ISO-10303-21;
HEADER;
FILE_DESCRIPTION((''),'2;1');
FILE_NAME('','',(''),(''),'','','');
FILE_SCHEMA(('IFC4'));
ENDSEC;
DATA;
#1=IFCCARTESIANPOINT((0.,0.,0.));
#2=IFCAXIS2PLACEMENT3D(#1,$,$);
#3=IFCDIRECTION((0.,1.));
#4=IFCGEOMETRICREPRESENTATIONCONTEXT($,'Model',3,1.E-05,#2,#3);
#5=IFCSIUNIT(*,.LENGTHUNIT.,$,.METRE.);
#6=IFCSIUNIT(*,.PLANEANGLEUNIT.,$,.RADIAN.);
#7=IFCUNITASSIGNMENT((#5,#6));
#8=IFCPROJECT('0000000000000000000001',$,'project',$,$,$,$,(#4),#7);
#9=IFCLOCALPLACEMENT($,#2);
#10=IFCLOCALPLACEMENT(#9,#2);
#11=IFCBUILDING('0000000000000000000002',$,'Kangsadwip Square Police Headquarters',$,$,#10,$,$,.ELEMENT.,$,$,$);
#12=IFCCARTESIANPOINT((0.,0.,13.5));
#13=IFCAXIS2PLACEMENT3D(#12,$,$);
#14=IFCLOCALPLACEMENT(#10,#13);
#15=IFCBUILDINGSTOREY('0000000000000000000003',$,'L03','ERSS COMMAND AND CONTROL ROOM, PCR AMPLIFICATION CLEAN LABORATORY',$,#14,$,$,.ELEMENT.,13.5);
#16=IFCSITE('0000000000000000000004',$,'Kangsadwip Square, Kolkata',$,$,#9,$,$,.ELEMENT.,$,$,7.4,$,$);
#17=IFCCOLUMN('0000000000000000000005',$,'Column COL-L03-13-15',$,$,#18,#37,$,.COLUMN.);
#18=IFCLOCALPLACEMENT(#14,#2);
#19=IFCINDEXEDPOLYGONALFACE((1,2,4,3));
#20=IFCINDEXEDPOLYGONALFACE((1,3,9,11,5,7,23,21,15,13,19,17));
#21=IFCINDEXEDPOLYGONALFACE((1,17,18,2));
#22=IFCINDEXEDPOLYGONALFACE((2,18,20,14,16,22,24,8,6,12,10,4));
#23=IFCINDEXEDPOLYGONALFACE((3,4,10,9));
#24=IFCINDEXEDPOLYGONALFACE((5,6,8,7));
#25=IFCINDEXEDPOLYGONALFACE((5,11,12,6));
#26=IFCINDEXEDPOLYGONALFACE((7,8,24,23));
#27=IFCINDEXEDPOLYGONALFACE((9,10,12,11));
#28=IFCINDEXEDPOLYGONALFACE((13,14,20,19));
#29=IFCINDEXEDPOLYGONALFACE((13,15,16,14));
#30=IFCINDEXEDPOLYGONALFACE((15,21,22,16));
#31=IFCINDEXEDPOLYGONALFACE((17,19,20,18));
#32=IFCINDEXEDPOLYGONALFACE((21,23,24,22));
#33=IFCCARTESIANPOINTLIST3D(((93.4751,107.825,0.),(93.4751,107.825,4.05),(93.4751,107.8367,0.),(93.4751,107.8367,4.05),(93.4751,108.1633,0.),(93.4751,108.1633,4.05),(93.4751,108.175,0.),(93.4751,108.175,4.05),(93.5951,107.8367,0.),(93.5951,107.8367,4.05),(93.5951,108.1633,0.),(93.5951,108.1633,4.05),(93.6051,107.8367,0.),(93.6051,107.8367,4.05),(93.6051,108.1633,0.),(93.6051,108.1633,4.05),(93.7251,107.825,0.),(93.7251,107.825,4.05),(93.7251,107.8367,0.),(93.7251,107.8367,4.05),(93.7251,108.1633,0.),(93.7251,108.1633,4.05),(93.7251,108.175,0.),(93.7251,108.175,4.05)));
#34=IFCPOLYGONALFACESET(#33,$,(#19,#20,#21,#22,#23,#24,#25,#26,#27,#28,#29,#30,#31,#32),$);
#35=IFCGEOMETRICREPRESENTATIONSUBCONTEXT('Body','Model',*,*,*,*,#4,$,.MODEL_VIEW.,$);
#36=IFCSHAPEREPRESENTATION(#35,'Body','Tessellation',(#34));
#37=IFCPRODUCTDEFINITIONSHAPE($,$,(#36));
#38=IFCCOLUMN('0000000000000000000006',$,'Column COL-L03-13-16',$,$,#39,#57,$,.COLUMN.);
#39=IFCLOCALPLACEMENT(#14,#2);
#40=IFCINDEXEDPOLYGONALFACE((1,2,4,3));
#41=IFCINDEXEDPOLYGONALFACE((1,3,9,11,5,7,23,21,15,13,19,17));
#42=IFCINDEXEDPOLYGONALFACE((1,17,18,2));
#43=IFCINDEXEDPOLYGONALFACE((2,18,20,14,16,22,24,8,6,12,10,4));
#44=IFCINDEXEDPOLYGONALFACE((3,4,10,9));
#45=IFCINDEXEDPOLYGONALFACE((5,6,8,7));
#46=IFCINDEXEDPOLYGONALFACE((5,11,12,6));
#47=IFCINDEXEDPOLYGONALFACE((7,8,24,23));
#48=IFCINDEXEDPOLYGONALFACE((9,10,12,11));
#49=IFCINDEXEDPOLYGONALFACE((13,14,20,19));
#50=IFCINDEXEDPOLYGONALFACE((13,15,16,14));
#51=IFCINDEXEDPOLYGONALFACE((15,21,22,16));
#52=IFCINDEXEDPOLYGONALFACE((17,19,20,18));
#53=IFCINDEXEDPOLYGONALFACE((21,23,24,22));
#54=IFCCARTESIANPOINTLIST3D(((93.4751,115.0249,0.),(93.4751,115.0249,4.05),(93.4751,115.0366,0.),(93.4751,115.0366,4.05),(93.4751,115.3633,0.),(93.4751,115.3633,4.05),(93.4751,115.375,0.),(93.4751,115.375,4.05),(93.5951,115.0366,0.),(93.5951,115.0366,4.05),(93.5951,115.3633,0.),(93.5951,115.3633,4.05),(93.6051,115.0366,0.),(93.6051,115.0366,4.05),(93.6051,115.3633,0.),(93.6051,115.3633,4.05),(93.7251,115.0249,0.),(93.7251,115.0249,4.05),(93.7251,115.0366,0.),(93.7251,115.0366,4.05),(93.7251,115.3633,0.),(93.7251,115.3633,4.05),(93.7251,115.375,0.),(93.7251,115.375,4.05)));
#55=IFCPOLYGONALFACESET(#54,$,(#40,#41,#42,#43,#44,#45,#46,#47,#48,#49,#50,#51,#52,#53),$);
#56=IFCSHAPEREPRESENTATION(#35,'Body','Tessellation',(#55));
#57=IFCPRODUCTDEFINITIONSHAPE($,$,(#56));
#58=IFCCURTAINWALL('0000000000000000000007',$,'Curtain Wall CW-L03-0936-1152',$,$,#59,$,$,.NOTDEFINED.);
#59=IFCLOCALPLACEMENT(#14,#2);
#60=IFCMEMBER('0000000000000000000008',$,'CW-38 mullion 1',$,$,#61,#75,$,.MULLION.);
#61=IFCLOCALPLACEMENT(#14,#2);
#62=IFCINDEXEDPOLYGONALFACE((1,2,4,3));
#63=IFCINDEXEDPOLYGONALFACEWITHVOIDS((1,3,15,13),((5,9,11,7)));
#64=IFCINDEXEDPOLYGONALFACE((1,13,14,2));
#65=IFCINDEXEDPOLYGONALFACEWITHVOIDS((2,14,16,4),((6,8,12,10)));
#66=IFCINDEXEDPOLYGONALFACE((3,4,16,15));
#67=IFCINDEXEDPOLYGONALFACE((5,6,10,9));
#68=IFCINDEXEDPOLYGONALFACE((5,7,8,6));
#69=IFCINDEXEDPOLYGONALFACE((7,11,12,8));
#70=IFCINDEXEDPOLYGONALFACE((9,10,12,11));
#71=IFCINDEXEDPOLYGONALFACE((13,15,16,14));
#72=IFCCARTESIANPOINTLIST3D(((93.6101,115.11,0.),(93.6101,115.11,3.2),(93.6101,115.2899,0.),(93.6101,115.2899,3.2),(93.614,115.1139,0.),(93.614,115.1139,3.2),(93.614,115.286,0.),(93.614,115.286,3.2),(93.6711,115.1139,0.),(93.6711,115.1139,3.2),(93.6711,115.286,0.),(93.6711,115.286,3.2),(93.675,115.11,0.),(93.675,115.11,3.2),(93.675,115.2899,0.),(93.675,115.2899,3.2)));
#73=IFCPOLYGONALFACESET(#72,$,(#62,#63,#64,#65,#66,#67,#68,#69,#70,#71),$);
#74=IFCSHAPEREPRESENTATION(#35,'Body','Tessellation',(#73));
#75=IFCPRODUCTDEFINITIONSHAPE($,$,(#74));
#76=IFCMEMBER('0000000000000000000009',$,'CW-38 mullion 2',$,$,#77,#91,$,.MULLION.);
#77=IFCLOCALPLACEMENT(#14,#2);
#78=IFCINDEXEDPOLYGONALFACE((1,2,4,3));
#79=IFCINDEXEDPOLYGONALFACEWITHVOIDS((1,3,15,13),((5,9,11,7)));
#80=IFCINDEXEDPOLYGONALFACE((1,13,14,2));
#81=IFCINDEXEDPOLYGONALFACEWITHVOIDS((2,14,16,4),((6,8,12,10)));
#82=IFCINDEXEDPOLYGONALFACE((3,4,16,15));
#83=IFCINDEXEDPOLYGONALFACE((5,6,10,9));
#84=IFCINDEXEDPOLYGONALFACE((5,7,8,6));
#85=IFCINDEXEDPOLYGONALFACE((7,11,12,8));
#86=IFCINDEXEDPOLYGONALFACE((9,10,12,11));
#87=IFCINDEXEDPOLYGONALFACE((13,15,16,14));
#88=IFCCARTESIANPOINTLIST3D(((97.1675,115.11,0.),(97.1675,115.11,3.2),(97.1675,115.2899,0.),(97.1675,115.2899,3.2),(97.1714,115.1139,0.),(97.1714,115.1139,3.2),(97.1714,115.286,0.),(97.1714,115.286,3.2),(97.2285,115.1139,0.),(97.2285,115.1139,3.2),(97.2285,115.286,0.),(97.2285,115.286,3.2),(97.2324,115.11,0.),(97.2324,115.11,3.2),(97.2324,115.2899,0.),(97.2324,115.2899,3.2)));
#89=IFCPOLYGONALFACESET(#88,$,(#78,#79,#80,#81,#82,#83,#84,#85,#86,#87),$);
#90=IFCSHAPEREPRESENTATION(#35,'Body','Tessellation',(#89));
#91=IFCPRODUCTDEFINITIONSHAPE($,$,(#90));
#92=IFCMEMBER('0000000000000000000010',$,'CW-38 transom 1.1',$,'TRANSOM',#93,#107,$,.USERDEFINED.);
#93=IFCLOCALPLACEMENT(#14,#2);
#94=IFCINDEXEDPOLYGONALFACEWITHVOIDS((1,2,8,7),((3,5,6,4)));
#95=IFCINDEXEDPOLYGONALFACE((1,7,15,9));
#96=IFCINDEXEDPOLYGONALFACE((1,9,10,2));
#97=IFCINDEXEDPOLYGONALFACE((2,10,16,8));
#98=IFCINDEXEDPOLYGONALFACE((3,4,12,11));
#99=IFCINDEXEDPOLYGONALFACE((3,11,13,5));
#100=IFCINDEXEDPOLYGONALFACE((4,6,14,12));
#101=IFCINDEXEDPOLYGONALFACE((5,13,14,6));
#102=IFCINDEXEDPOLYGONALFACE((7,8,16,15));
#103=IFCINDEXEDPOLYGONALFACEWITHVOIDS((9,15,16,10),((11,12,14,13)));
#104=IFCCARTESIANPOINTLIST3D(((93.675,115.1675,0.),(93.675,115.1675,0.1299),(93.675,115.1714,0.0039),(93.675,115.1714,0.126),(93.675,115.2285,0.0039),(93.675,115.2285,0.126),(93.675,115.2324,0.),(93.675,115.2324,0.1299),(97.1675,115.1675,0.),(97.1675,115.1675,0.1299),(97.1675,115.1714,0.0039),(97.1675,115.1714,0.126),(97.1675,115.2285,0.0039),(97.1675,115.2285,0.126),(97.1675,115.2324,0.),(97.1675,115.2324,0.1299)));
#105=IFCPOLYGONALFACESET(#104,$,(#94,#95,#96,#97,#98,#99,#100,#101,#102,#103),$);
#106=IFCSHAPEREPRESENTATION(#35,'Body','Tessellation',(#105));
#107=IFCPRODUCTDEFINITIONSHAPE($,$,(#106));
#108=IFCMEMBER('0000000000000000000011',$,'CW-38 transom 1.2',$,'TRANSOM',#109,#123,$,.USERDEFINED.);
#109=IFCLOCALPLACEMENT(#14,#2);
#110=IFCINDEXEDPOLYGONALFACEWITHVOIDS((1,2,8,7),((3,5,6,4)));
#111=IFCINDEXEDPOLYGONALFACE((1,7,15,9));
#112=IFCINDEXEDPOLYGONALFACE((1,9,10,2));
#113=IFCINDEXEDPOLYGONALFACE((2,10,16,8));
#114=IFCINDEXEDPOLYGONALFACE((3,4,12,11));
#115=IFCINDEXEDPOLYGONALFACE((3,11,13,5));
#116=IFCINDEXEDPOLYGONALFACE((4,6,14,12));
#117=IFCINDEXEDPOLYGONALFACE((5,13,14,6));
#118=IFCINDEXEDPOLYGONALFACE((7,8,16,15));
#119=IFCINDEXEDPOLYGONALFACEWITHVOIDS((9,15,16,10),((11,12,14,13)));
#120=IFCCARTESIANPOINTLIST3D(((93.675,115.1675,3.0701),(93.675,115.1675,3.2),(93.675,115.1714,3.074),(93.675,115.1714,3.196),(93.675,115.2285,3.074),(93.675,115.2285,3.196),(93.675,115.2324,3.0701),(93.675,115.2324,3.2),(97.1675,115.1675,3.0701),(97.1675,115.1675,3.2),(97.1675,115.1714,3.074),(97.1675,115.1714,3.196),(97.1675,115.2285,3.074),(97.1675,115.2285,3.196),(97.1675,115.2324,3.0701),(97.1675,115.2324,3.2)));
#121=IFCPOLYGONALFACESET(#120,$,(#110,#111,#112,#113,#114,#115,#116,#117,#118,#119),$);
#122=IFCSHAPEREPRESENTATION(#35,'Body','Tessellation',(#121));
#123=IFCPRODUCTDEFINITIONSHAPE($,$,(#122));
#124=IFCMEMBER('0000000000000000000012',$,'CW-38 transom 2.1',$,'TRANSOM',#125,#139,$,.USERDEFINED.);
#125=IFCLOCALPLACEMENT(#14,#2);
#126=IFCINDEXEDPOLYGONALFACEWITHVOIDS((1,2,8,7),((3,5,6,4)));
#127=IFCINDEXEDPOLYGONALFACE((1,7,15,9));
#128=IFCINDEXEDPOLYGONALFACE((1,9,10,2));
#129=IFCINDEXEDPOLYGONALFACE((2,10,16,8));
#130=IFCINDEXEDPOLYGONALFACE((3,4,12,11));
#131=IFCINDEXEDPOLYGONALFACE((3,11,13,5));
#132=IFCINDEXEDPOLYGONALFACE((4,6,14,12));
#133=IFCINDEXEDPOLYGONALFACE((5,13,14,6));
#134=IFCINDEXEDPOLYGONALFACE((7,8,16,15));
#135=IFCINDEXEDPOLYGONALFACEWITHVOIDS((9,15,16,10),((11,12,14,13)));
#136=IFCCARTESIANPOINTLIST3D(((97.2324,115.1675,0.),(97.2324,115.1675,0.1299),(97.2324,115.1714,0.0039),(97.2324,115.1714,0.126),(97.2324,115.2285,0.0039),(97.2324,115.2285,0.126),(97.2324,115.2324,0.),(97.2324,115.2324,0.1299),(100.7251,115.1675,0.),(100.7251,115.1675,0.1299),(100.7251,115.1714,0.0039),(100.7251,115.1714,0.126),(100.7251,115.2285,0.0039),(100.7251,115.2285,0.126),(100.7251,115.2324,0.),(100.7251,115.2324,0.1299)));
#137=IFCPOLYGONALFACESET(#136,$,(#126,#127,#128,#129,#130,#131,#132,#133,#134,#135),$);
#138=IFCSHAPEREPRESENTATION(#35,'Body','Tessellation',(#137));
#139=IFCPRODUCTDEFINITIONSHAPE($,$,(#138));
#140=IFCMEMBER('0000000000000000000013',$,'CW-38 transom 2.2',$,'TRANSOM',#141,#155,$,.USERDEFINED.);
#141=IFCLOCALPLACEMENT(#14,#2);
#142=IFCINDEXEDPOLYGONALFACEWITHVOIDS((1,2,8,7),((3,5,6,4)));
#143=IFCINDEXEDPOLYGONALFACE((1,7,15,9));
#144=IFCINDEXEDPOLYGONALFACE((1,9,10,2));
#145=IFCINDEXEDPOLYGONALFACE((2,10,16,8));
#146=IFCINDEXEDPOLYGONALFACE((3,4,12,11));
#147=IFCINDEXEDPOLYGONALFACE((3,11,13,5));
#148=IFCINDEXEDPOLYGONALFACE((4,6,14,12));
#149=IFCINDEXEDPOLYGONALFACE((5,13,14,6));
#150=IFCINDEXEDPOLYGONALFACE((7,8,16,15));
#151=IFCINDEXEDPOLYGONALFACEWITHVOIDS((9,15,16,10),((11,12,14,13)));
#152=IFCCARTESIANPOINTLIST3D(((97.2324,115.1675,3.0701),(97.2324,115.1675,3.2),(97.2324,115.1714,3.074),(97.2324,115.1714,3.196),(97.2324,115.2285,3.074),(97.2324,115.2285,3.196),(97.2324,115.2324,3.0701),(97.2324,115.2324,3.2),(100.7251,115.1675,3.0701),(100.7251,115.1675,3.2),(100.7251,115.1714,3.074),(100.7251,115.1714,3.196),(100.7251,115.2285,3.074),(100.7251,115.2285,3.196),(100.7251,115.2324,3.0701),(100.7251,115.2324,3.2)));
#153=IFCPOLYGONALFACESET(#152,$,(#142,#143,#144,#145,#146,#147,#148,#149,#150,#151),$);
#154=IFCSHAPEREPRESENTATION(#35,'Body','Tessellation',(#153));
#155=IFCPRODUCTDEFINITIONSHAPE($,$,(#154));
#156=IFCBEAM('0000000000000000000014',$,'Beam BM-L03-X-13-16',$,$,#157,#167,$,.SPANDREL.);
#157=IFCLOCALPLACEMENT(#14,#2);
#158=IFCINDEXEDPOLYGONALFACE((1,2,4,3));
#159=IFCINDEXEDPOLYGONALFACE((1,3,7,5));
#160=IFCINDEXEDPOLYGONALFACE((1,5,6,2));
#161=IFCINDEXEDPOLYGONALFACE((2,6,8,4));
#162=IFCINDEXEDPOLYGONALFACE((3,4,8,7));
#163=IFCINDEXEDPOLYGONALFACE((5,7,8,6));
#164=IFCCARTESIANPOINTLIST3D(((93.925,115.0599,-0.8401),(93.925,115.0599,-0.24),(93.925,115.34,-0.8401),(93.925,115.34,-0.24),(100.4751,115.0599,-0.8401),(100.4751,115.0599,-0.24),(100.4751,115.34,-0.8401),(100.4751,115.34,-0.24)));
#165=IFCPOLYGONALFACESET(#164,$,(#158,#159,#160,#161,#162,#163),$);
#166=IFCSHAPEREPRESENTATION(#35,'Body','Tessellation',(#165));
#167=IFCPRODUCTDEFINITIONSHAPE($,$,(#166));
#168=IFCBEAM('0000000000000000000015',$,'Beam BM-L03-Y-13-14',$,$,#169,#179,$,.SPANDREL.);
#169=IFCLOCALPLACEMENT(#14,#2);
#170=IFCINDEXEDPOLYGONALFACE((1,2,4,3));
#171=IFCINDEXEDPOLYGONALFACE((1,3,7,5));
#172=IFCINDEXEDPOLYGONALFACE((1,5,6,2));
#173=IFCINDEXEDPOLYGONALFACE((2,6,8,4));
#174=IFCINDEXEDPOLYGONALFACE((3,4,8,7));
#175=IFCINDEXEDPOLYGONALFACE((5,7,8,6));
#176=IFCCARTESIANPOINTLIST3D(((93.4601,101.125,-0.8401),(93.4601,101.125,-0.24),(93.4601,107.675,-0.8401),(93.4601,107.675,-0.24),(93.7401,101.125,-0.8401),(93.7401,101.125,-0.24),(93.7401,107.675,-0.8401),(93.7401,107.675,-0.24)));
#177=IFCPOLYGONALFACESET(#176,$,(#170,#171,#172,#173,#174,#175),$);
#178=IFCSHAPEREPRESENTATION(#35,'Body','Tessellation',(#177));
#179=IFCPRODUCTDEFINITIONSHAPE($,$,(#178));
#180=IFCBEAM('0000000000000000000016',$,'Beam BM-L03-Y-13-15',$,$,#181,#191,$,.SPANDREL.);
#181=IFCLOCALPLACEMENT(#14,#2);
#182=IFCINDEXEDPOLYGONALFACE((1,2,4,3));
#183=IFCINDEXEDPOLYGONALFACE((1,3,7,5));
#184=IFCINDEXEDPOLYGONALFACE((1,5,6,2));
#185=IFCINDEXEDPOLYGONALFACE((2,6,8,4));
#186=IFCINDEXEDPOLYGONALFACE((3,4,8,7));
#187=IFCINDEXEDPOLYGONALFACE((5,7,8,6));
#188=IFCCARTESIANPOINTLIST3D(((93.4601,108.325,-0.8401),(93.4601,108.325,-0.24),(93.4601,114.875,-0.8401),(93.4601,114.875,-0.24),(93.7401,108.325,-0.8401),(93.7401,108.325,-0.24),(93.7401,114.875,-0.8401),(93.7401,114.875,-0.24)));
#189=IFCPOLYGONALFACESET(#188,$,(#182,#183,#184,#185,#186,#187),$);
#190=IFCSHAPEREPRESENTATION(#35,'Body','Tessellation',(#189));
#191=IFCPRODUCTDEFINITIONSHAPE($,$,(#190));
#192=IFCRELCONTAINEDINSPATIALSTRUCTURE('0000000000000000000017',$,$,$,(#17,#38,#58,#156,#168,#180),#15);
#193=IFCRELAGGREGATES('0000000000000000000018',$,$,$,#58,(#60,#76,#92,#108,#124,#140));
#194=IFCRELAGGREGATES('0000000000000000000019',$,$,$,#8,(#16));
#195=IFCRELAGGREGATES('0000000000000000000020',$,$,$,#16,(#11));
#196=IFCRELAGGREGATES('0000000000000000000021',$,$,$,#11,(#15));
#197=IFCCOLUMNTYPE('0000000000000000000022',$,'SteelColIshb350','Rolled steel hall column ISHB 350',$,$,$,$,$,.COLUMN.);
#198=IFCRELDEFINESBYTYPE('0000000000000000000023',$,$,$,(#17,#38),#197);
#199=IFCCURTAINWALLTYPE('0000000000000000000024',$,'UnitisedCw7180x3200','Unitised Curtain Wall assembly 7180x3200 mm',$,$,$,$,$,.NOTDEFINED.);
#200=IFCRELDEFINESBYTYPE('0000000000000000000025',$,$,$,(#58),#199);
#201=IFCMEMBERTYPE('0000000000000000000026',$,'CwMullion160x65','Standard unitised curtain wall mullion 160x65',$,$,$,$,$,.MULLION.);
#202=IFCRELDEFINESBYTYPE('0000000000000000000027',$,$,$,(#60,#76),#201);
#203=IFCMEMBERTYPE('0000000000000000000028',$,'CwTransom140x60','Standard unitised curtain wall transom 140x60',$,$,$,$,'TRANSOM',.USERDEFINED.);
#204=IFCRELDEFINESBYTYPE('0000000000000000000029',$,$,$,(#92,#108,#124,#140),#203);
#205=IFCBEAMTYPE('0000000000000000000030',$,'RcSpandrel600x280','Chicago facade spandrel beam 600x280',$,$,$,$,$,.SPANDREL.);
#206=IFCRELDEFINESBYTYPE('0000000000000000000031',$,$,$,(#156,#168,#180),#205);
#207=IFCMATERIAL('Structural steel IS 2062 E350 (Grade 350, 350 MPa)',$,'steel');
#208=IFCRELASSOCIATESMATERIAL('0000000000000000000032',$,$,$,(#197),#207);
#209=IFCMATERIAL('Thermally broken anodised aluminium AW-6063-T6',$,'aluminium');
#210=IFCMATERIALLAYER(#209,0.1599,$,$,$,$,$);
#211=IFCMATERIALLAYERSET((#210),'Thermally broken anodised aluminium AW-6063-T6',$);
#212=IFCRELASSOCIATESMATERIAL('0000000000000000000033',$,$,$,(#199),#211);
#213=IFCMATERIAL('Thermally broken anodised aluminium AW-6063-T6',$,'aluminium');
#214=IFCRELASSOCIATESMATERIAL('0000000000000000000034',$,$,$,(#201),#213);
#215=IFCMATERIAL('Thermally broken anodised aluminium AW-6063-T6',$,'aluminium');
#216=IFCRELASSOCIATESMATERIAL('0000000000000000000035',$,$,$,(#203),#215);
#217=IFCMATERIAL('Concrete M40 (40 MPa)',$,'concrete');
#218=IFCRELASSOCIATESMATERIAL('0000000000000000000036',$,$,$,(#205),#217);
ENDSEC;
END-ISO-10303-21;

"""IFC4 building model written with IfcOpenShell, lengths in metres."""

from ifc_helpers import new_model, si_unit, direction, frame, origin, origin_2d, place, context, subcontext, project, spatial, rectangle, hollow_rectangle, i_section, extrude, material, layer, layer_set, material_profile, profile_set, type_object, element, aggregate, save


model = new_model("IFC4")

# Units and contexts
model_context = context("Model", 3, precision=1e-05, world=origin(), true_north=direction((0.0, 1.0)))
body_context = subcontext(model_context, "Body", "Model", "MODEL_VIEW")
ifc_project = project(units=[si_unit("LENGTHUNIT", "METRE"), si_unit("PLANEANGLEUNIT", "RADIAN")], contexts=[model_context])

# Site, building, storey
site_placement = place(None, origin())
site = spatial("IfcSite", under=ifc_project, at=site_placement, Name="Kangsadwip Square, Kolkata", CompositionType="ELEMENT", RefElevation=7.4)
building_placement = place(site_placement, origin())
building = spatial("IfcBuilding", under=site, at=building_placement, Name="Kangsadwip Square Police Headquarters", CompositionType="ELEMENT")
storey_placement = place(building_placement, frame((0.0, 0.0, 13.5)))
storey = spatial("IfcBuildingStorey", under=building, at=storey_placement, Name="L03", Description="ERSS COMMAND AND CONTROL ROOM, PCR AMPLIFICATION CLEAN LABORATORY", CompositionType="ELEMENT", Elevation=13.5)

# Columns
ifc_material_1 = material(Name="Structural steel IS 2062 E350 (Grade 350, 350 MPa)", Category="steel")
ifc_material_profile_1 = material_profile(ifc_material_1, i_section(OverallWidth=0.25, OverallDepth=0.3501, WebThickness=0.01, FlangeThickness=0.0117, at=origin_2d()), Name="ISHB 350")
ifc_profile_set_1 = profile_set([ifc_material_profile_1], Name="Structural steel IS 2062 E350 (Grade 350, 350 MPa)")
column_type = type_object("IfcColumnType", Name="SteelColIshb350", Description="Rolled steel hall column ISHB 350", PredefinedType="COLUMN", material=ifc_profile_set_1)
for number, where, z_axis, x_axis, name in (
    (1, (93.6001, 108.0, 0.0), (0.0, 0.0, 1.0), (1.0, 0.0, 0.0), "Column COL-L03-13-15"),
    (2, (93.6001, 115.2, 0.0), (0.0, 0.0, 1.0), (1.0, 0.0, 0.0), "Column COL-L03-13-16"),
):
    element("IfcColumn", number, at=place(storey_placement, frame(where, z_axis=z_axis, x_axis=x_axis)), inside=storey, type_object=column_type, Name=name, PredefinedType="COLUMN", context=body_context, shape_type="SweptSolid", body=[
        extrude(i_section(OverallWidth=0.25, OverallDepth=0.3501, WebThickness=0.01, FlangeThickness=0.0117, at=origin_2d()), origin(), (0.0, 0.0, 1.0), 4.05),
    ])

# Curtain wall, members
ifc_material_2 = material(Name="Thermally broken anodised aluminium AW-6063-T6", Category="aluminium")
ifc_layer_1 = layer(ifc_material_2, 0.1599)
ifc_layer_set_1 = layer_set([ifc_layer_1], Name="Thermally broken anodised aluminium AW-6063-T6")
curtain_wall_type = type_object("IfcCurtainWallType", Name="UnitisedCw7180x3200", Description="Unitised Curtain Wall assembly 7180x3200 mm", PredefinedType="NOTDEFINED", material=ifc_layer_set_1)
curtain_wall_placement = place(storey_placement, origin())
curtain_wall = element("IfcCurtainWall", 3, at=curtain_wall_placement, inside=storey, type_object=curtain_wall_type, Name="Curtain Wall CW-L03-0936-1152", PredefinedType="NOTDEFINED")
ifc_material_3 = material(Name="Thermally broken anodised aluminium AW-6063-T6", Category="aluminium")
ifc_material_profile_2 = material_profile(ifc_material_3, hollow_rectangle(XDim=0.0649, YDim=0.1799, WallThickness=0.0039, at=origin_2d()), Name="CWM 180X65X4")
ifc_profile_set_2 = profile_set([ifc_material_profile_2], Name="Thermally broken anodised aluminium AW-6063-T6")
member_type_1 = type_object("IfcMemberType", Name="CwMullion160x65", Description="Standard unitised curtain wall mullion 160x65", PredefinedType="MULLION", material=ifc_profile_set_2)
member_1_placement = place(storey_placement, frame((93.6426, 115.2, 0.0), z_axis=(0.0, 0.0, 1.0), x_axis=(1.0, 0.0, 0.0)))
member_1 = element("IfcMember", 4, at=member_1_placement, type_object=member_type_1, Name="CW-38 mullion 1", PredefinedType="MULLION", context=body_context, shape_type="SweptSolid", body=[
    extrude(hollow_rectangle(XDim=0.0649, YDim=0.1799, WallThickness=0.0039, at=origin_2d()), origin(), (0.0, 0.0, 1.0), 3.2),
])
member_2_placement = place(storey_placement, frame((97.2, 115.2, 0.0), z_axis=(0.0, 0.0, 1.0), x_axis=(1.0, 0.0, 0.0)))
member_2 = element("IfcMember", 5, at=member_2_placement, type_object=member_type_1, Name="CW-38 mullion 2", PredefinedType="MULLION", context=body_context, shape_type="SweptSolid", body=[
    extrude(hollow_rectangle(XDim=0.0649, YDim=0.1799, WallThickness=0.0039, at=origin_2d()), origin(), (0.0, 0.0, 1.0), 3.2),
])
ifc_material_4 = material(Name="Thermally broken anodised aluminium AW-6063-T6", Category="aluminium")
ifc_material_profile_3 = material_profile(ifc_material_4, hollow_rectangle(XDim=0.0649, YDim=0.1299, WallThickness=0.0039, at=origin_2d()), Name="CWT 130X65X4")
ifc_profile_set_3 = profile_set([ifc_material_profile_3], Name="Thermally broken anodised aluminium AW-6063-T6")
member_type_2 = type_object("IfcMemberType", Name="CwTransom140x60", Description="Standard unitised curtain wall transom 140x60", ElementType="TRANSOM", PredefinedType="USERDEFINED", material=ifc_profile_set_3)
member_3_placement = place(storey_placement, frame((93.675, 115.2, 0.0649), z_axis=(1.0, 0.0, 0.0), x_axis=(0.0, 1.0, 0.0)))
member_3 = element("IfcMember", 6, at=member_3_placement, type_object=member_type_2, Name="CW-38 transom 1.1", ObjectType="TRANSOM", PredefinedType="USERDEFINED", context=body_context, shape_type="SweptSolid", body=[
    extrude(hollow_rectangle(XDim=0.0649, YDim=0.1299, WallThickness=0.0039, at=origin_2d()), origin(), (0.0, 0.0, 1.0), 3.4924),
])
member_4_placement = place(storey_placement, frame((93.675, 115.2, 3.135), z_axis=(1.0, 0.0, 0.0), x_axis=(0.0, 1.0, 0.0)))
member_4 = element("IfcMember", 7, at=member_4_placement, type_object=member_type_2, Name="CW-38 transom 1.2", ObjectType="TRANSOM", PredefinedType="USERDEFINED", context=body_context, shape_type="SweptSolid", body=[
    extrude(hollow_rectangle(XDim=0.0649, YDim=0.1299, WallThickness=0.0039, at=origin_2d()), origin(), (0.0, 0.0, 1.0), 3.4924),
])
member_5_placement = place(storey_placement, frame((97.2324, 115.2, 0.0649), z_axis=(1.0, 0.0, 0.0), x_axis=(0.0, 1.0, 0.0)))
member_5 = element("IfcMember", 8, at=member_5_placement, type_object=member_type_2, Name="CW-38 transom 2.1", ObjectType="TRANSOM", PredefinedType="USERDEFINED", context=body_context, shape_type="SweptSolid", body=[
    extrude(hollow_rectangle(XDim=0.0649, YDim=0.1299, WallThickness=0.0039, at=origin_2d()), origin(), (0.0, 0.0, 1.0), 3.4927),
])
member_6_placement = place(storey_placement, frame((97.2324, 115.2, 3.135), z_axis=(1.0, 0.0, 0.0), x_axis=(0.0, 1.0, 0.0)))
member_6 = element("IfcMember", 9, at=member_6_placement, type_object=member_type_2, Name="CW-38 transom 2.2", ObjectType="TRANSOM", PredefinedType="USERDEFINED", context=body_context, shape_type="SweptSolid", body=[
    extrude(hollow_rectangle(XDim=0.0649, YDim=0.1299, WallThickness=0.0039, at=origin_2d()), origin(), (0.0, 0.0, 1.0), 3.4927),
])

# Beams
ifc_material_5 = material(Name="Concrete M40 (40 MPa)", Category="concrete")
ifc_material_profile_4 = material_profile(ifc_material_5, rectangle(XDim=0.28, YDim=0.6001, at=origin_2d()), Name="RC SPN 600X280")
ifc_profile_set_4 = profile_set([ifc_material_profile_4], Name="Concrete M40 (40 MPa)")
beam_type_1 = type_object("IfcBeamType", Name="RcSpandrel600x280", Description="Chicago facade spandrel beam 600x280", PredefinedType="SPANDREL", material=ifc_profile_set_4)
for number, where, z_axis, x_axis, name in (
    (10, (93.925, 115.2, -0.54), (1.0, 0.0, 0.0), (0.0, 1.0, 0.0), "Beam BM-L03-X-13-16"),
    (11, (93.6001, 101.125, -0.54), (0.0, 1.0, 0.0), (-1.0, 0.0, 0.0), "Beam BM-L03-Y-13-14"),
    (12, (93.6001, 108.325, -0.54), (0.0, 1.0, 0.0), (-1.0, 0.0, 0.0), "Beam BM-L03-Y-13-15"),
):
    element("IfcBeam", number, at=place(storey_placement, frame(where, z_axis=z_axis, x_axis=x_axis)), inside=storey, type_object=beam_type_1, Name=name, PredefinedType="SPANDREL", context=body_context, shape_type="SweptSolid", body=[
        extrude(rectangle(XDim=0.28, YDim=0.6001, at=origin_2d()), origin(), (0.0, 0.0, 1.0), 6.55),
    ])

aggregate(curtain_wall, [member_1, member_2, member_3, member_4, member_5, member_6])

save(model, "model.ifc")
